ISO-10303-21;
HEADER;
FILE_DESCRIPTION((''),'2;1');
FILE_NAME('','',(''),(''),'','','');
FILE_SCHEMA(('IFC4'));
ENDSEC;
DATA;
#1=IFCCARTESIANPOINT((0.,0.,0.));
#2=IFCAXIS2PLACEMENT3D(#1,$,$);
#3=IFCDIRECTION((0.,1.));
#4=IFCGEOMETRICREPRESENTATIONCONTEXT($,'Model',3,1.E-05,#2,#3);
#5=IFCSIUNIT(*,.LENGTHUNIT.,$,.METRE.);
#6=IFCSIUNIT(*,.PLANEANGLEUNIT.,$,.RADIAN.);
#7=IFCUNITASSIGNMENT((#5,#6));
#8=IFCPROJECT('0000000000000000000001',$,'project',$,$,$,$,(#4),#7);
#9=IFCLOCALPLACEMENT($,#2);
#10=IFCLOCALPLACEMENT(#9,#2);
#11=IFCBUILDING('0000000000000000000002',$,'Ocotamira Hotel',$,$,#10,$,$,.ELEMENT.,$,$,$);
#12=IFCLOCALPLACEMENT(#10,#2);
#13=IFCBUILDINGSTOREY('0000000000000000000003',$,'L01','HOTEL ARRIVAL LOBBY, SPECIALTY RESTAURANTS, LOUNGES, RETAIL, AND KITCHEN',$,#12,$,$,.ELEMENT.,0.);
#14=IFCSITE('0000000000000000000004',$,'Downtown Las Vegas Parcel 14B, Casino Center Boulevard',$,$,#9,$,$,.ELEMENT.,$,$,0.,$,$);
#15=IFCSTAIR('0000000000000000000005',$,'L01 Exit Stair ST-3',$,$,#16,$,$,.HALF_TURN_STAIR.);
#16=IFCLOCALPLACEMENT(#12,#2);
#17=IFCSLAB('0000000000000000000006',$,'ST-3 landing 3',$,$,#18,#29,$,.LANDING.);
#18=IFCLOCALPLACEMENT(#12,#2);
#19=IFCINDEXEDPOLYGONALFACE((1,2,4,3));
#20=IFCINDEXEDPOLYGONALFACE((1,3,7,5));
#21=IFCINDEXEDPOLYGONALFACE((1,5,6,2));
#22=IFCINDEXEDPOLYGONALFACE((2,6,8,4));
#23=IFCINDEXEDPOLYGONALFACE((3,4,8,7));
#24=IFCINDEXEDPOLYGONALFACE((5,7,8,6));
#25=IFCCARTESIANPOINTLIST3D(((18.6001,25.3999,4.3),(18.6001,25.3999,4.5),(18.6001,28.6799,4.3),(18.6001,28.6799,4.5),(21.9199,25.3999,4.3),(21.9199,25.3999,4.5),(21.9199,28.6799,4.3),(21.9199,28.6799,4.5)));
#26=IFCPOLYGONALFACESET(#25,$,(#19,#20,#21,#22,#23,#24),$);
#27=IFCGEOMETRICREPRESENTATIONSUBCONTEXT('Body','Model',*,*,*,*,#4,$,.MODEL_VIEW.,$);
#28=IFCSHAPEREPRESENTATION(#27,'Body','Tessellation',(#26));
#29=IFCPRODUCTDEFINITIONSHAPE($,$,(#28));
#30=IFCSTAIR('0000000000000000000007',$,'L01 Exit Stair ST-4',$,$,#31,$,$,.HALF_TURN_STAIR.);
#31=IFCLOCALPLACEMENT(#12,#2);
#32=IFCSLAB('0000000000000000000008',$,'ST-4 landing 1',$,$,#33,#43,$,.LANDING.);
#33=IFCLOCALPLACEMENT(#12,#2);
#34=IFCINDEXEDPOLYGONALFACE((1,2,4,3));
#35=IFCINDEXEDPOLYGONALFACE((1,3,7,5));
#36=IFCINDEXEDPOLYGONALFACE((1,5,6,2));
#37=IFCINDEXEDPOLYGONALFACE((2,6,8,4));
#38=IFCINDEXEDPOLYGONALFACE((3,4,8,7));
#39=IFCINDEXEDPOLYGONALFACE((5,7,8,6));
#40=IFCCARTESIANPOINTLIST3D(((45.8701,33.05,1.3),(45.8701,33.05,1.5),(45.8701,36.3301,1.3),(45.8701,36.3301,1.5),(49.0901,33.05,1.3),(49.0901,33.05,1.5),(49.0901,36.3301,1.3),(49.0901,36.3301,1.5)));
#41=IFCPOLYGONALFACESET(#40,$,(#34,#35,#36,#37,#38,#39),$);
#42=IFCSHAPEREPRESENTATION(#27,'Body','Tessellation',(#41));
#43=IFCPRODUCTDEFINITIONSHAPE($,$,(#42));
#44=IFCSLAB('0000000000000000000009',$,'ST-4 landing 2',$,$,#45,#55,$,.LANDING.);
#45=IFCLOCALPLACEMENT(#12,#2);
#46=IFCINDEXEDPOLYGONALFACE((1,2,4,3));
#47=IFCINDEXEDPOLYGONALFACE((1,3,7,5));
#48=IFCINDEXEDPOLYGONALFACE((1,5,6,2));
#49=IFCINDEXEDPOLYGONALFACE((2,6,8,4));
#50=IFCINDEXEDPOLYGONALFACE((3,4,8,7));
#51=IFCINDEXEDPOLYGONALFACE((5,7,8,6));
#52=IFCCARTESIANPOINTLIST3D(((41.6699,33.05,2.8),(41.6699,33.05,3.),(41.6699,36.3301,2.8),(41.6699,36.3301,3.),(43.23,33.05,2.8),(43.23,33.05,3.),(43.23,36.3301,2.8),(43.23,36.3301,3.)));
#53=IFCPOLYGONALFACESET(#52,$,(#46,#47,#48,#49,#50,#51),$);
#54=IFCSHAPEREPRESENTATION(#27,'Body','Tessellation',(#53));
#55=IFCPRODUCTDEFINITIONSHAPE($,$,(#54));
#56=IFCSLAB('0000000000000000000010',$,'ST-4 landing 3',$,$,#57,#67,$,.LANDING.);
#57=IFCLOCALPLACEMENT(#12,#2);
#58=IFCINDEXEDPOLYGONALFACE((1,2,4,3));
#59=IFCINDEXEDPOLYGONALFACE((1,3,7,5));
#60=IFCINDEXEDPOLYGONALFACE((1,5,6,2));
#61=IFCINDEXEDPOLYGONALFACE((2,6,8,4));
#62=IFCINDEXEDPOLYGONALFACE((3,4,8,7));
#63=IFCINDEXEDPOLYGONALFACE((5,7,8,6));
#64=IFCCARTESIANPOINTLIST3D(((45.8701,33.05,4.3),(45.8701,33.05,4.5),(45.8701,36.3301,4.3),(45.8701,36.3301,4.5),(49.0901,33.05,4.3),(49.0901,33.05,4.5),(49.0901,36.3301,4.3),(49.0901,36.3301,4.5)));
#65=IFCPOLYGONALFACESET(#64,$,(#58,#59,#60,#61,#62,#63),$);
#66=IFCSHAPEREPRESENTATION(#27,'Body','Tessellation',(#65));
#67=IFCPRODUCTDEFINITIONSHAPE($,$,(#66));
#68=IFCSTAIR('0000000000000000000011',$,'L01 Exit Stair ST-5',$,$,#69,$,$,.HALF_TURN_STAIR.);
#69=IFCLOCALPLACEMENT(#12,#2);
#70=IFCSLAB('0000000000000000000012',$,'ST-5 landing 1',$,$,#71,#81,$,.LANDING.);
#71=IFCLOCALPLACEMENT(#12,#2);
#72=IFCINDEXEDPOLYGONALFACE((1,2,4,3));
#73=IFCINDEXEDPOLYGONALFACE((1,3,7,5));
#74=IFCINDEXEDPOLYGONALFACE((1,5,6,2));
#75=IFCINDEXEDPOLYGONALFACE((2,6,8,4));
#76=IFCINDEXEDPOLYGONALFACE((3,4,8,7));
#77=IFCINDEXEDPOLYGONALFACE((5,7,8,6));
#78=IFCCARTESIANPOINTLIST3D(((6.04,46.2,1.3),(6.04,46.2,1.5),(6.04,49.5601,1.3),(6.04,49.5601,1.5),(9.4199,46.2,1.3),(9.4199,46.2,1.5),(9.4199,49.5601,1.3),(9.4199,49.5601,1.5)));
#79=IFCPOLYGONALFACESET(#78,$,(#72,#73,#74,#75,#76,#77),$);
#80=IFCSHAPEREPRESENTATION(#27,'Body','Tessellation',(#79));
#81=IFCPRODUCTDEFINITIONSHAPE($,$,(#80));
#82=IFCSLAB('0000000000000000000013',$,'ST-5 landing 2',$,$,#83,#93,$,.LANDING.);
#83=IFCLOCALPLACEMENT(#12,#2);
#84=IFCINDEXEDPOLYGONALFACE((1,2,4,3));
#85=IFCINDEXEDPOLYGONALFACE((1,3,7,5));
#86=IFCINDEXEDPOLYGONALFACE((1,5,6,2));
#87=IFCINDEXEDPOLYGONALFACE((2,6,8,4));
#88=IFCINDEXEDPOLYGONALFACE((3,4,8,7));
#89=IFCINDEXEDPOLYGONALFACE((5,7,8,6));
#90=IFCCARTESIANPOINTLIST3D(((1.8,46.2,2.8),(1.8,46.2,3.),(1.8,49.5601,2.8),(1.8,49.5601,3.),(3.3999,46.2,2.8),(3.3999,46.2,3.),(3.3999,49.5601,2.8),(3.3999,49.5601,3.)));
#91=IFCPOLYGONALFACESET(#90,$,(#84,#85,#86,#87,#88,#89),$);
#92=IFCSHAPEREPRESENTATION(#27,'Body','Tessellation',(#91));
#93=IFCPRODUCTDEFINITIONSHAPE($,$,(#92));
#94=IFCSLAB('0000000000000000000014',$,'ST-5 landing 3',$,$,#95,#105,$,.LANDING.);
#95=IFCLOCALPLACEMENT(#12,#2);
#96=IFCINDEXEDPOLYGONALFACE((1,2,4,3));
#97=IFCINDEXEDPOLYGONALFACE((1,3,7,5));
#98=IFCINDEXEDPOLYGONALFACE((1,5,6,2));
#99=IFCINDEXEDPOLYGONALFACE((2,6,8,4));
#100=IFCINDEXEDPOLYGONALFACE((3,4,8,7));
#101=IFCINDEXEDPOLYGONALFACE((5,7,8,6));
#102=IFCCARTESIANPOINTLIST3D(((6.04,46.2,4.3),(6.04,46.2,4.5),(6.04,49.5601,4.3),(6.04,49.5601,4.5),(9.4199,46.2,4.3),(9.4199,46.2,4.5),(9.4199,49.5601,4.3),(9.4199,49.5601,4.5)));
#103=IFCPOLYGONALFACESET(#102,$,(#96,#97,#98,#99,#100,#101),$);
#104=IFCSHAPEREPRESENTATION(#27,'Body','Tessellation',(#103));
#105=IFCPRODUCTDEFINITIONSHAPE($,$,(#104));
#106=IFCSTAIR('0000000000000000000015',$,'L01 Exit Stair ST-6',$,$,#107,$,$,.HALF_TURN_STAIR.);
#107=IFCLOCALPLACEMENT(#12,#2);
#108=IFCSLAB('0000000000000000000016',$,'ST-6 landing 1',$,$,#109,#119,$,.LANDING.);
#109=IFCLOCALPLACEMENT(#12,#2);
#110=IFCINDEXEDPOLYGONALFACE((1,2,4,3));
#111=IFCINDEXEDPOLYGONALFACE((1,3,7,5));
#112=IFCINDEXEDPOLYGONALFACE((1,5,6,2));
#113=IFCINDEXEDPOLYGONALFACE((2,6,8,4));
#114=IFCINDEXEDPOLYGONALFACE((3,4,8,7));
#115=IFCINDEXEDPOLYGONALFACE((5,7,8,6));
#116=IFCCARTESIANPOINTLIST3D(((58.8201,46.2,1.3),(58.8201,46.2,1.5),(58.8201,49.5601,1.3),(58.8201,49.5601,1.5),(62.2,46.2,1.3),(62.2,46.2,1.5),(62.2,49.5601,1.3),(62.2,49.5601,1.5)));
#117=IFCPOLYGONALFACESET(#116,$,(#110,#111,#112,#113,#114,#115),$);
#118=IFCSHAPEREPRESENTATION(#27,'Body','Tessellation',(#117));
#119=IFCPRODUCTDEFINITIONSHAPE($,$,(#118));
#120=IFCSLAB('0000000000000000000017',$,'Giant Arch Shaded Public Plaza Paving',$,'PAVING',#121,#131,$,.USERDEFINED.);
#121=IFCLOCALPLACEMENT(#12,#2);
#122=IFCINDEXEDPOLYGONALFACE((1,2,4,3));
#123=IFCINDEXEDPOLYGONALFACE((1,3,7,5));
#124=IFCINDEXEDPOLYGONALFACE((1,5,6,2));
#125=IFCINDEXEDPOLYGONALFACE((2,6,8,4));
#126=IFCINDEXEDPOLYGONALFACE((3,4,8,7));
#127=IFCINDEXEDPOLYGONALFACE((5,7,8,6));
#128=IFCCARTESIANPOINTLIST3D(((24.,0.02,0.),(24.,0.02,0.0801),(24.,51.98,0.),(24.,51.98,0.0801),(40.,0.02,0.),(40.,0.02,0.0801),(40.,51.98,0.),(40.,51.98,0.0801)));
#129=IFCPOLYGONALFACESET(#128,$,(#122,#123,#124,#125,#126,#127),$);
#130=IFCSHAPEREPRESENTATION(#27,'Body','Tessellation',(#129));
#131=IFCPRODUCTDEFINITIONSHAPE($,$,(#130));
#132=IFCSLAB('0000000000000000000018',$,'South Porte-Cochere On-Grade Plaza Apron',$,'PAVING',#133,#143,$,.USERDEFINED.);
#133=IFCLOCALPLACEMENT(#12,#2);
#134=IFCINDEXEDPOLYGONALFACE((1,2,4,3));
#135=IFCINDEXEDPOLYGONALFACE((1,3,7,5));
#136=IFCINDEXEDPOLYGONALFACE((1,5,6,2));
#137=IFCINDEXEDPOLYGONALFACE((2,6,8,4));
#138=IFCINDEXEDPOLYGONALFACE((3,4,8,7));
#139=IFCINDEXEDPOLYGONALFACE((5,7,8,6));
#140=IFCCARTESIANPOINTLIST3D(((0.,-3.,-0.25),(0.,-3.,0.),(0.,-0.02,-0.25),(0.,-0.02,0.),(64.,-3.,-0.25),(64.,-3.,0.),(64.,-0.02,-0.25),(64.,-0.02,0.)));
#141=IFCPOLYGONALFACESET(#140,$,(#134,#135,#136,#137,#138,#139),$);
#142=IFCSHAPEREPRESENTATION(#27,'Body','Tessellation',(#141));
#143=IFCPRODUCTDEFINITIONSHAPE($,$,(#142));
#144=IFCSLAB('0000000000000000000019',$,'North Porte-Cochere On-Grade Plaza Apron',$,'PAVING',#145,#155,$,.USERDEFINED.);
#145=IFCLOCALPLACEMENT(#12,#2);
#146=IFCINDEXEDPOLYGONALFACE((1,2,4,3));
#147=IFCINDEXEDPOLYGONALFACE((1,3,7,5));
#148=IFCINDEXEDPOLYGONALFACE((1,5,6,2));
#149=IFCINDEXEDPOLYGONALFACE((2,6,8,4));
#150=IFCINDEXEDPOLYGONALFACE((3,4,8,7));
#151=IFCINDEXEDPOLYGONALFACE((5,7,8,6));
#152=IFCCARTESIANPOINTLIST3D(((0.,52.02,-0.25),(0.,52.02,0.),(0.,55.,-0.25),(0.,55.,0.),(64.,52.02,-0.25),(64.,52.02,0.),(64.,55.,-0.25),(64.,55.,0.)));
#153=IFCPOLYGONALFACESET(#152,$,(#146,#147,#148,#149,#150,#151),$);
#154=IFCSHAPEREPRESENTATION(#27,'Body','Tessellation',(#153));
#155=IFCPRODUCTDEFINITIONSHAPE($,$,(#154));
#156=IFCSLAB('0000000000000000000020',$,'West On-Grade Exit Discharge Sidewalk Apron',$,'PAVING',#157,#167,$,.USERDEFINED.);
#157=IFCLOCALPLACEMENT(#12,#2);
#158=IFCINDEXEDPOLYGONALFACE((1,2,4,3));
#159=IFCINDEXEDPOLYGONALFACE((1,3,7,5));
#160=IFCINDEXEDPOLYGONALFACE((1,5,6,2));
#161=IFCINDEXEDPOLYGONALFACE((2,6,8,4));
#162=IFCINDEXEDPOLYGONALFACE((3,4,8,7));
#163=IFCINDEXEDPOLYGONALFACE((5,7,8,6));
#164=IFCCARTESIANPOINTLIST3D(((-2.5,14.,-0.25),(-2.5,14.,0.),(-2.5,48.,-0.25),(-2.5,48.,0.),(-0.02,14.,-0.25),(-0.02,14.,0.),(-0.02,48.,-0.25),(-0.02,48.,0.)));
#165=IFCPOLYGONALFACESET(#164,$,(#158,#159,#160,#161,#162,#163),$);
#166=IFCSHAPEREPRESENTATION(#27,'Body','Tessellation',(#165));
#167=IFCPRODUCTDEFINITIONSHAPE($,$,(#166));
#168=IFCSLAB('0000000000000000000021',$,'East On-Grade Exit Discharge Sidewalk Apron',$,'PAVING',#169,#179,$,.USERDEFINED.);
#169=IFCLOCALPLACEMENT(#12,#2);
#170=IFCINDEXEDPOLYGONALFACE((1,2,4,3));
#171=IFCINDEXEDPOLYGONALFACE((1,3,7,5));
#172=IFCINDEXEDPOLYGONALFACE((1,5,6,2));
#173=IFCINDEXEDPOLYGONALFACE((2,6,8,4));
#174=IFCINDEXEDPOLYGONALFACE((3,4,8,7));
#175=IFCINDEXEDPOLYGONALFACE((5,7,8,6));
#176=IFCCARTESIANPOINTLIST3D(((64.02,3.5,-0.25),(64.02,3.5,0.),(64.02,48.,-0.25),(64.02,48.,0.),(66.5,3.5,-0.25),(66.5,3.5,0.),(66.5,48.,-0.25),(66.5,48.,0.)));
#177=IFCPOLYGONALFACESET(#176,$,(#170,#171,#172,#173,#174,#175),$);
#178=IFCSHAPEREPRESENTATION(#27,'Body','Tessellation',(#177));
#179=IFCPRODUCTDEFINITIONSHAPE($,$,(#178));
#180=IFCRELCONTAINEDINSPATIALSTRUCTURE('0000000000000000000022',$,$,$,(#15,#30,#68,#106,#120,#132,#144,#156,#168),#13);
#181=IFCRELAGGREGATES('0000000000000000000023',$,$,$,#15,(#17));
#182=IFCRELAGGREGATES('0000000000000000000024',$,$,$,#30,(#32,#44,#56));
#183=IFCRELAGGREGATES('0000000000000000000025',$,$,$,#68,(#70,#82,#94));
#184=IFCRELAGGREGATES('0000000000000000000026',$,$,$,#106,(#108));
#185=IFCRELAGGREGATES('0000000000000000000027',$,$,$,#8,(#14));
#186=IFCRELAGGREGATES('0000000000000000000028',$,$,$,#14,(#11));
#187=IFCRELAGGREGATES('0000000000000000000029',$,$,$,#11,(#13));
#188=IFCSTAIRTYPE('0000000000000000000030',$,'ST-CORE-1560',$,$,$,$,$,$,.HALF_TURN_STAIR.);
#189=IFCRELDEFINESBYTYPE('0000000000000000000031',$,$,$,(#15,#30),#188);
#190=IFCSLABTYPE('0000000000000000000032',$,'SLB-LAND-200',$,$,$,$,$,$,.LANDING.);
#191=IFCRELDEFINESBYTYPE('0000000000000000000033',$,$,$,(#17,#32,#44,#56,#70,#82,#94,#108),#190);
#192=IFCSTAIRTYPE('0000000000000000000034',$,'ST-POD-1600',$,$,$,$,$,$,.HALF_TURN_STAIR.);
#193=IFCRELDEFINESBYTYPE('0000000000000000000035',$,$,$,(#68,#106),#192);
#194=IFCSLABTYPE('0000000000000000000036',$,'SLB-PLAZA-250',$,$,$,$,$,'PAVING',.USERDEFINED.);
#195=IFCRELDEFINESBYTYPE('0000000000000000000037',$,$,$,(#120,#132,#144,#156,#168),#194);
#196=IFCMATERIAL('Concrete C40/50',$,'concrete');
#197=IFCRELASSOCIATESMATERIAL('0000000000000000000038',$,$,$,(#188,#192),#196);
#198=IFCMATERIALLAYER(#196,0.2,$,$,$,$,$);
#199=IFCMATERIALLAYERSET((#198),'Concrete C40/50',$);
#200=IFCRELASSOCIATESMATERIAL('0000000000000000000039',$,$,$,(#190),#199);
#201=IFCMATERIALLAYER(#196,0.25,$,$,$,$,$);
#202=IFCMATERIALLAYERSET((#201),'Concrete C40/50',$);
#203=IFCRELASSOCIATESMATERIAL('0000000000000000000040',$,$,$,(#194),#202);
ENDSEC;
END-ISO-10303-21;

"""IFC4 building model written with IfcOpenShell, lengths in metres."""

from ifc_helpers import new_model, si_unit, direction, frame, origin, place, context, subcontext, project, spatial, polyline, outline, extrude, material, layer, layer_set, type_object, element, aggregate, save


model = new_model("IFC4")

# Units and contexts
model_context = context("Model", 3, precision=1e-05, world=origin(), true_north=direction((0.0, 1.0)))
body_context = subcontext(model_context, "Body", "Model", "MODEL_VIEW")
ifc_project = project(units=[si_unit("LENGTHUNIT", "METRE"), si_unit("PLANEANGLEUNIT", "RADIAN")], contexts=[model_context])

# Site, building, storey
site_placement = place(None, origin())
site = spatial("IfcSite", under=ifc_project, at=site_placement, Name="Downtown Las Vegas Parcel 14B, Casino Center Boulevard", CompositionType="ELEMENT", RefElevation=0.0)
building_placement = place(site_placement, origin())
building = spatial("IfcBuilding", under=site, at=building_placement, Name="Ocotamira Hotel", CompositionType="ELEMENT")
storey_placement = place(building_placement, origin())
storey = spatial("IfcBuildingStorey", under=building, at=storey_placement, Name="L01", Description="HOTEL ARRIVAL LOBBY, SPECIALTY RESTAURANTS, LOUNGES, RETAIL, AND KITCHEN", CompositionType="ELEMENT", Elevation=0.0)

# Shared definitions
ifc_material = material(Name="Concrete C40/50", Category="concrete")

# Stairs, slabs
stair_type_1 = type_object("IfcStairType", Name="ST-CORE-1560", PredefinedType="HALF_TURN_STAIR", material=ifc_material)
ifc_layer_1 = layer(ifc_material, 0.2)
ifc_layer_set_1 = layer_set([ifc_layer_1], Name="Concrete C40/50")
slab_type_1 = type_object("IfcSlabType", Name="SLB-LAND-200", PredefinedType="LANDING", material=ifc_layer_set_1)
stair_1_placement = place(storey_placement, origin())
stair_1 = element("IfcStair", 1, at=stair_1_placement, inside=storey, type_object=stair_type_1, Name="L01 Exit Stair ST-3", PredefinedType="HALF_TURN_STAIR")
slab_1_placement = place(storey_placement, frame((0.0, 0.0, 4.3)))
slab_1 = element("IfcSlab", 2, at=slab_1_placement, type_object=slab_type_1, Name="ST-3 landing 3", PredefinedType="LANDING", context=body_context, shape_type="SweptSolid", body=[
    extrude(outline(polyline([(18.6001, 25.3999), (21.9199, 25.3999), (21.9199, 28.6799), (18.6001, 28.6799), (18.6001, 25.3999)])), origin(), (0.0, 0.0, 1.0), 0.2),
])
aggregate(stair_1, [slab_1])
stair_2_placement = place(storey_placement, origin())
stair_2 = element("IfcStair", 3, at=stair_2_placement, inside=storey, type_object=stair_type_1, Name="L01 Exit Stair ST-4", PredefinedType="HALF_TURN_STAIR")
slab_2_placement = place(storey_placement, frame((0.0, 0.0, 1.3)))
slab_2 = element("IfcSlab", 4, at=slab_2_placement, type_object=slab_type_1, Name="ST-4 landing 1", PredefinedType="LANDING", context=body_context, shape_type="SweptSolid", body=[
    extrude(outline(polyline([(45.8701, 33.05), (49.0901, 33.05), (49.0901, 36.3301), (45.8701, 36.3301), (45.8701, 33.05)])), origin(), (0.0, 0.0, 1.0), 0.2),
])
slab_3_placement = place(storey_placement, frame((0.0, 0.0, 2.8)))
slab_3 = element("IfcSlab", 5, at=slab_3_placement, type_object=slab_type_1, Name="ST-4 landing 2", PredefinedType="LANDING", context=body_context, shape_type="SweptSolid", body=[
    extrude(outline(polyline([(41.6699, 33.05), (43.23, 33.05), (43.23, 36.3301), (41.6699, 36.3301), (41.6699, 33.05)])), origin(), (0.0, 0.0, 1.0), 0.2),
])
slab_4_placement = place(storey_placement, frame((0.0, 0.0, 4.3)))
slab_4 = element("IfcSlab", 6, at=slab_4_placement, type_object=slab_type_1, Name="ST-4 landing 3", PredefinedType="LANDING", context=body_context, shape_type="SweptSolid", body=[
    extrude(outline(polyline([(45.8701, 33.05), (49.0901, 33.05), (49.0901, 36.3301), (45.8701, 36.3301), (45.8701, 33.05)])), origin(), (0.0, 0.0, 1.0), 0.2),
])
aggregate(stair_2, [slab_2, slab_3, slab_4])
stair_type_2 = type_object("IfcStairType", Name="ST-POD-1600", PredefinedType="HALF_TURN_STAIR", material=ifc_material)
stair_3_placement = place(storey_placement, origin())
stair_3 = element("IfcStair", 7, at=stair_3_placement, inside=storey, type_object=stair_type_2, Name="L01 Exit Stair ST-5", PredefinedType="HALF_TURN_STAIR")
slab_5_placement = place(storey_placement, frame((0.0, 0.0, 1.3)))
slab_5 = element("IfcSlab", 8, at=slab_5_placement, type_object=slab_type_1, Name="ST-5 landing 1", PredefinedType="LANDING", context=body_context, shape_type="SweptSolid", body=[
    extrude(outline(polyline([(6.04, 46.2), (9.4199, 46.2), (9.4199, 49.5601), (6.04, 49.5601), (6.04, 46.2)])), origin(), (0.0, 0.0, 1.0), 0.2),
])
slab_6_placement = place(storey_placement, frame((0.0, 0.0, 2.8)))
slab_6 = element("IfcSlab", 9, at=slab_6_placement, type_object=slab_type_1, Name="ST-5 landing 2", PredefinedType="LANDING", context=body_context, shape_type="SweptSolid", body=[
    extrude(outline(polyline([(1.8, 46.2), (3.3999, 46.2), (3.3999, 49.5601), (1.8, 49.5601), (1.8, 46.2)])), origin(), (0.0, 0.0, 1.0), 0.2),
])
slab_7_placement = place(storey_placement, frame((0.0, 0.0, 4.3)))
slab_7 = element("IfcSlab", 10, at=slab_7_placement, type_object=slab_type_1, Name="ST-5 landing 3", PredefinedType="LANDING", context=body_context, shape_type="SweptSolid", body=[
    extrude(outline(polyline([(6.04, 46.2), (9.4199, 46.2), (9.4199, 49.5601), (6.04, 49.5601), (6.04, 46.2)])), origin(), (0.0, 0.0, 1.0), 0.2),
])
aggregate(stair_3, [slab_5, slab_6, slab_7])

# Stair, slab
stair_4_placement = place(storey_placement, origin())
stair_4 = element("IfcStair", 11, at=stair_4_placement, inside=storey, type_object=stair_type_2, Name="L01 Exit Stair ST-6", PredefinedType="HALF_TURN_STAIR")
slab_8_placement = place(storey_placement, frame((0.0, 0.0, 1.3)))
slab_8 = element("IfcSlab", 12, at=slab_8_placement, type_object=slab_type_1, Name="ST-6 landing 1", PredefinedType="LANDING", context=body_context, shape_type="SweptSolid", body=[
    extrude(outline(polyline([(58.8201, 46.2), (62.2, 46.2), (62.2, 49.5601), (58.8201, 49.5601), (58.8201, 46.2)])), origin(), (0.0, 0.0, 1.0), 0.2),
])
aggregate(stair_4, [slab_8])

# Slabs
ifc_layer_2 = layer(ifc_material, 0.25)
ifc_layer_set_2 = layer_set([ifc_layer_2], Name="Concrete C40/50")
slab_type_2 = type_object("IfcSlabType", Name="SLB-PLAZA-250", ElementType="PAVING", PredefinedType="USERDEFINED", material=ifc_layer_set_2)
slab_9_placement = place(storey_placement, origin())
element("IfcSlab", 13, at=slab_9_placement, inside=storey, type_object=slab_type_2, Name="Giant Arch Shaded Public Plaza Paving", ObjectType="PAVING", PredefinedType="USERDEFINED", context=body_context, shape_type="SweptSolid", body=[
    extrude(outline(polyline([(24.0, 0.02), (40.0, 0.02), (40.0, 51.98), (24.0, 51.98), (24.0, 0.02)])), origin(), (0.0, 0.0, 1.0), 0.0801),
])
slab_10_placement = place(storey_placement, frame((0.0, 0.0, -0.25)))
element("IfcSlab", 14, at=slab_10_placement, inside=storey, type_object=slab_type_2, Name="South Porte-Cochere On-Grade Plaza Apron", ObjectType="PAVING", PredefinedType="USERDEFINED", context=body_context, shape_type="SweptSolid", body=[
    extrude(outline(polyline([(0.0, -3.0), (64.0, -3.0), (64.0, -0.02), (0.0, -0.02), (0.0, -3.0)])), origin(), (0.0, 0.0, 1.0), 0.25),
])
slab_11_placement = place(storey_placement, frame((0.0, 0.0, -0.25)))
element("IfcSlab", 15, at=slab_11_placement, inside=storey, type_object=slab_type_2, Name="North Porte-Cochere On-Grade Plaza Apron", ObjectType="PAVING", PredefinedType="USERDEFINED", context=body_context, shape_type="SweptSolid", body=[
    extrude(outline(polyline([(0.0, 52.02), (64.0, 52.02), (64.0, 55.0), (0.0, 55.0), (0.0, 52.02)])), origin(), (0.0, 0.0, 1.0), 0.25),
])
slab_12_placement = place(storey_placement, frame((0.0, 0.0, -0.25)))
element("IfcSlab", 16, at=slab_12_placement, inside=storey, type_object=slab_type_2, Name="West On-Grade Exit Discharge Sidewalk Apron", ObjectType="PAVING", PredefinedType="USERDEFINED", context=body_context, shape_type="SweptSolid", body=[
    extrude(outline(polyline([(-2.5, 14.0), (-0.02, 14.0), (-0.02, 48.0), (-2.5, 48.0), (-2.5, 14.0)])), origin(), (0.0, 0.0, 1.0), 0.25),
])
slab_13_placement = place(storey_placement, frame((0.0, 0.0, -0.25)))
element("IfcSlab", 17, at=slab_13_placement, inside=storey, type_object=slab_type_2, Name="East On-Grade Exit Discharge Sidewalk Apron", ObjectType="PAVING", PredefinedType="USERDEFINED", context=body_context, shape_type="SweptSolid", body=[
    extrude(outline(polyline([(64.02, 3.5), (66.5, 3.5), (66.5, 48.0), (64.02, 48.0), (64.02, 3.5)])), origin(), (0.0, 0.0, 1.0), 0.25),
])

save(model, "model.ifc")
